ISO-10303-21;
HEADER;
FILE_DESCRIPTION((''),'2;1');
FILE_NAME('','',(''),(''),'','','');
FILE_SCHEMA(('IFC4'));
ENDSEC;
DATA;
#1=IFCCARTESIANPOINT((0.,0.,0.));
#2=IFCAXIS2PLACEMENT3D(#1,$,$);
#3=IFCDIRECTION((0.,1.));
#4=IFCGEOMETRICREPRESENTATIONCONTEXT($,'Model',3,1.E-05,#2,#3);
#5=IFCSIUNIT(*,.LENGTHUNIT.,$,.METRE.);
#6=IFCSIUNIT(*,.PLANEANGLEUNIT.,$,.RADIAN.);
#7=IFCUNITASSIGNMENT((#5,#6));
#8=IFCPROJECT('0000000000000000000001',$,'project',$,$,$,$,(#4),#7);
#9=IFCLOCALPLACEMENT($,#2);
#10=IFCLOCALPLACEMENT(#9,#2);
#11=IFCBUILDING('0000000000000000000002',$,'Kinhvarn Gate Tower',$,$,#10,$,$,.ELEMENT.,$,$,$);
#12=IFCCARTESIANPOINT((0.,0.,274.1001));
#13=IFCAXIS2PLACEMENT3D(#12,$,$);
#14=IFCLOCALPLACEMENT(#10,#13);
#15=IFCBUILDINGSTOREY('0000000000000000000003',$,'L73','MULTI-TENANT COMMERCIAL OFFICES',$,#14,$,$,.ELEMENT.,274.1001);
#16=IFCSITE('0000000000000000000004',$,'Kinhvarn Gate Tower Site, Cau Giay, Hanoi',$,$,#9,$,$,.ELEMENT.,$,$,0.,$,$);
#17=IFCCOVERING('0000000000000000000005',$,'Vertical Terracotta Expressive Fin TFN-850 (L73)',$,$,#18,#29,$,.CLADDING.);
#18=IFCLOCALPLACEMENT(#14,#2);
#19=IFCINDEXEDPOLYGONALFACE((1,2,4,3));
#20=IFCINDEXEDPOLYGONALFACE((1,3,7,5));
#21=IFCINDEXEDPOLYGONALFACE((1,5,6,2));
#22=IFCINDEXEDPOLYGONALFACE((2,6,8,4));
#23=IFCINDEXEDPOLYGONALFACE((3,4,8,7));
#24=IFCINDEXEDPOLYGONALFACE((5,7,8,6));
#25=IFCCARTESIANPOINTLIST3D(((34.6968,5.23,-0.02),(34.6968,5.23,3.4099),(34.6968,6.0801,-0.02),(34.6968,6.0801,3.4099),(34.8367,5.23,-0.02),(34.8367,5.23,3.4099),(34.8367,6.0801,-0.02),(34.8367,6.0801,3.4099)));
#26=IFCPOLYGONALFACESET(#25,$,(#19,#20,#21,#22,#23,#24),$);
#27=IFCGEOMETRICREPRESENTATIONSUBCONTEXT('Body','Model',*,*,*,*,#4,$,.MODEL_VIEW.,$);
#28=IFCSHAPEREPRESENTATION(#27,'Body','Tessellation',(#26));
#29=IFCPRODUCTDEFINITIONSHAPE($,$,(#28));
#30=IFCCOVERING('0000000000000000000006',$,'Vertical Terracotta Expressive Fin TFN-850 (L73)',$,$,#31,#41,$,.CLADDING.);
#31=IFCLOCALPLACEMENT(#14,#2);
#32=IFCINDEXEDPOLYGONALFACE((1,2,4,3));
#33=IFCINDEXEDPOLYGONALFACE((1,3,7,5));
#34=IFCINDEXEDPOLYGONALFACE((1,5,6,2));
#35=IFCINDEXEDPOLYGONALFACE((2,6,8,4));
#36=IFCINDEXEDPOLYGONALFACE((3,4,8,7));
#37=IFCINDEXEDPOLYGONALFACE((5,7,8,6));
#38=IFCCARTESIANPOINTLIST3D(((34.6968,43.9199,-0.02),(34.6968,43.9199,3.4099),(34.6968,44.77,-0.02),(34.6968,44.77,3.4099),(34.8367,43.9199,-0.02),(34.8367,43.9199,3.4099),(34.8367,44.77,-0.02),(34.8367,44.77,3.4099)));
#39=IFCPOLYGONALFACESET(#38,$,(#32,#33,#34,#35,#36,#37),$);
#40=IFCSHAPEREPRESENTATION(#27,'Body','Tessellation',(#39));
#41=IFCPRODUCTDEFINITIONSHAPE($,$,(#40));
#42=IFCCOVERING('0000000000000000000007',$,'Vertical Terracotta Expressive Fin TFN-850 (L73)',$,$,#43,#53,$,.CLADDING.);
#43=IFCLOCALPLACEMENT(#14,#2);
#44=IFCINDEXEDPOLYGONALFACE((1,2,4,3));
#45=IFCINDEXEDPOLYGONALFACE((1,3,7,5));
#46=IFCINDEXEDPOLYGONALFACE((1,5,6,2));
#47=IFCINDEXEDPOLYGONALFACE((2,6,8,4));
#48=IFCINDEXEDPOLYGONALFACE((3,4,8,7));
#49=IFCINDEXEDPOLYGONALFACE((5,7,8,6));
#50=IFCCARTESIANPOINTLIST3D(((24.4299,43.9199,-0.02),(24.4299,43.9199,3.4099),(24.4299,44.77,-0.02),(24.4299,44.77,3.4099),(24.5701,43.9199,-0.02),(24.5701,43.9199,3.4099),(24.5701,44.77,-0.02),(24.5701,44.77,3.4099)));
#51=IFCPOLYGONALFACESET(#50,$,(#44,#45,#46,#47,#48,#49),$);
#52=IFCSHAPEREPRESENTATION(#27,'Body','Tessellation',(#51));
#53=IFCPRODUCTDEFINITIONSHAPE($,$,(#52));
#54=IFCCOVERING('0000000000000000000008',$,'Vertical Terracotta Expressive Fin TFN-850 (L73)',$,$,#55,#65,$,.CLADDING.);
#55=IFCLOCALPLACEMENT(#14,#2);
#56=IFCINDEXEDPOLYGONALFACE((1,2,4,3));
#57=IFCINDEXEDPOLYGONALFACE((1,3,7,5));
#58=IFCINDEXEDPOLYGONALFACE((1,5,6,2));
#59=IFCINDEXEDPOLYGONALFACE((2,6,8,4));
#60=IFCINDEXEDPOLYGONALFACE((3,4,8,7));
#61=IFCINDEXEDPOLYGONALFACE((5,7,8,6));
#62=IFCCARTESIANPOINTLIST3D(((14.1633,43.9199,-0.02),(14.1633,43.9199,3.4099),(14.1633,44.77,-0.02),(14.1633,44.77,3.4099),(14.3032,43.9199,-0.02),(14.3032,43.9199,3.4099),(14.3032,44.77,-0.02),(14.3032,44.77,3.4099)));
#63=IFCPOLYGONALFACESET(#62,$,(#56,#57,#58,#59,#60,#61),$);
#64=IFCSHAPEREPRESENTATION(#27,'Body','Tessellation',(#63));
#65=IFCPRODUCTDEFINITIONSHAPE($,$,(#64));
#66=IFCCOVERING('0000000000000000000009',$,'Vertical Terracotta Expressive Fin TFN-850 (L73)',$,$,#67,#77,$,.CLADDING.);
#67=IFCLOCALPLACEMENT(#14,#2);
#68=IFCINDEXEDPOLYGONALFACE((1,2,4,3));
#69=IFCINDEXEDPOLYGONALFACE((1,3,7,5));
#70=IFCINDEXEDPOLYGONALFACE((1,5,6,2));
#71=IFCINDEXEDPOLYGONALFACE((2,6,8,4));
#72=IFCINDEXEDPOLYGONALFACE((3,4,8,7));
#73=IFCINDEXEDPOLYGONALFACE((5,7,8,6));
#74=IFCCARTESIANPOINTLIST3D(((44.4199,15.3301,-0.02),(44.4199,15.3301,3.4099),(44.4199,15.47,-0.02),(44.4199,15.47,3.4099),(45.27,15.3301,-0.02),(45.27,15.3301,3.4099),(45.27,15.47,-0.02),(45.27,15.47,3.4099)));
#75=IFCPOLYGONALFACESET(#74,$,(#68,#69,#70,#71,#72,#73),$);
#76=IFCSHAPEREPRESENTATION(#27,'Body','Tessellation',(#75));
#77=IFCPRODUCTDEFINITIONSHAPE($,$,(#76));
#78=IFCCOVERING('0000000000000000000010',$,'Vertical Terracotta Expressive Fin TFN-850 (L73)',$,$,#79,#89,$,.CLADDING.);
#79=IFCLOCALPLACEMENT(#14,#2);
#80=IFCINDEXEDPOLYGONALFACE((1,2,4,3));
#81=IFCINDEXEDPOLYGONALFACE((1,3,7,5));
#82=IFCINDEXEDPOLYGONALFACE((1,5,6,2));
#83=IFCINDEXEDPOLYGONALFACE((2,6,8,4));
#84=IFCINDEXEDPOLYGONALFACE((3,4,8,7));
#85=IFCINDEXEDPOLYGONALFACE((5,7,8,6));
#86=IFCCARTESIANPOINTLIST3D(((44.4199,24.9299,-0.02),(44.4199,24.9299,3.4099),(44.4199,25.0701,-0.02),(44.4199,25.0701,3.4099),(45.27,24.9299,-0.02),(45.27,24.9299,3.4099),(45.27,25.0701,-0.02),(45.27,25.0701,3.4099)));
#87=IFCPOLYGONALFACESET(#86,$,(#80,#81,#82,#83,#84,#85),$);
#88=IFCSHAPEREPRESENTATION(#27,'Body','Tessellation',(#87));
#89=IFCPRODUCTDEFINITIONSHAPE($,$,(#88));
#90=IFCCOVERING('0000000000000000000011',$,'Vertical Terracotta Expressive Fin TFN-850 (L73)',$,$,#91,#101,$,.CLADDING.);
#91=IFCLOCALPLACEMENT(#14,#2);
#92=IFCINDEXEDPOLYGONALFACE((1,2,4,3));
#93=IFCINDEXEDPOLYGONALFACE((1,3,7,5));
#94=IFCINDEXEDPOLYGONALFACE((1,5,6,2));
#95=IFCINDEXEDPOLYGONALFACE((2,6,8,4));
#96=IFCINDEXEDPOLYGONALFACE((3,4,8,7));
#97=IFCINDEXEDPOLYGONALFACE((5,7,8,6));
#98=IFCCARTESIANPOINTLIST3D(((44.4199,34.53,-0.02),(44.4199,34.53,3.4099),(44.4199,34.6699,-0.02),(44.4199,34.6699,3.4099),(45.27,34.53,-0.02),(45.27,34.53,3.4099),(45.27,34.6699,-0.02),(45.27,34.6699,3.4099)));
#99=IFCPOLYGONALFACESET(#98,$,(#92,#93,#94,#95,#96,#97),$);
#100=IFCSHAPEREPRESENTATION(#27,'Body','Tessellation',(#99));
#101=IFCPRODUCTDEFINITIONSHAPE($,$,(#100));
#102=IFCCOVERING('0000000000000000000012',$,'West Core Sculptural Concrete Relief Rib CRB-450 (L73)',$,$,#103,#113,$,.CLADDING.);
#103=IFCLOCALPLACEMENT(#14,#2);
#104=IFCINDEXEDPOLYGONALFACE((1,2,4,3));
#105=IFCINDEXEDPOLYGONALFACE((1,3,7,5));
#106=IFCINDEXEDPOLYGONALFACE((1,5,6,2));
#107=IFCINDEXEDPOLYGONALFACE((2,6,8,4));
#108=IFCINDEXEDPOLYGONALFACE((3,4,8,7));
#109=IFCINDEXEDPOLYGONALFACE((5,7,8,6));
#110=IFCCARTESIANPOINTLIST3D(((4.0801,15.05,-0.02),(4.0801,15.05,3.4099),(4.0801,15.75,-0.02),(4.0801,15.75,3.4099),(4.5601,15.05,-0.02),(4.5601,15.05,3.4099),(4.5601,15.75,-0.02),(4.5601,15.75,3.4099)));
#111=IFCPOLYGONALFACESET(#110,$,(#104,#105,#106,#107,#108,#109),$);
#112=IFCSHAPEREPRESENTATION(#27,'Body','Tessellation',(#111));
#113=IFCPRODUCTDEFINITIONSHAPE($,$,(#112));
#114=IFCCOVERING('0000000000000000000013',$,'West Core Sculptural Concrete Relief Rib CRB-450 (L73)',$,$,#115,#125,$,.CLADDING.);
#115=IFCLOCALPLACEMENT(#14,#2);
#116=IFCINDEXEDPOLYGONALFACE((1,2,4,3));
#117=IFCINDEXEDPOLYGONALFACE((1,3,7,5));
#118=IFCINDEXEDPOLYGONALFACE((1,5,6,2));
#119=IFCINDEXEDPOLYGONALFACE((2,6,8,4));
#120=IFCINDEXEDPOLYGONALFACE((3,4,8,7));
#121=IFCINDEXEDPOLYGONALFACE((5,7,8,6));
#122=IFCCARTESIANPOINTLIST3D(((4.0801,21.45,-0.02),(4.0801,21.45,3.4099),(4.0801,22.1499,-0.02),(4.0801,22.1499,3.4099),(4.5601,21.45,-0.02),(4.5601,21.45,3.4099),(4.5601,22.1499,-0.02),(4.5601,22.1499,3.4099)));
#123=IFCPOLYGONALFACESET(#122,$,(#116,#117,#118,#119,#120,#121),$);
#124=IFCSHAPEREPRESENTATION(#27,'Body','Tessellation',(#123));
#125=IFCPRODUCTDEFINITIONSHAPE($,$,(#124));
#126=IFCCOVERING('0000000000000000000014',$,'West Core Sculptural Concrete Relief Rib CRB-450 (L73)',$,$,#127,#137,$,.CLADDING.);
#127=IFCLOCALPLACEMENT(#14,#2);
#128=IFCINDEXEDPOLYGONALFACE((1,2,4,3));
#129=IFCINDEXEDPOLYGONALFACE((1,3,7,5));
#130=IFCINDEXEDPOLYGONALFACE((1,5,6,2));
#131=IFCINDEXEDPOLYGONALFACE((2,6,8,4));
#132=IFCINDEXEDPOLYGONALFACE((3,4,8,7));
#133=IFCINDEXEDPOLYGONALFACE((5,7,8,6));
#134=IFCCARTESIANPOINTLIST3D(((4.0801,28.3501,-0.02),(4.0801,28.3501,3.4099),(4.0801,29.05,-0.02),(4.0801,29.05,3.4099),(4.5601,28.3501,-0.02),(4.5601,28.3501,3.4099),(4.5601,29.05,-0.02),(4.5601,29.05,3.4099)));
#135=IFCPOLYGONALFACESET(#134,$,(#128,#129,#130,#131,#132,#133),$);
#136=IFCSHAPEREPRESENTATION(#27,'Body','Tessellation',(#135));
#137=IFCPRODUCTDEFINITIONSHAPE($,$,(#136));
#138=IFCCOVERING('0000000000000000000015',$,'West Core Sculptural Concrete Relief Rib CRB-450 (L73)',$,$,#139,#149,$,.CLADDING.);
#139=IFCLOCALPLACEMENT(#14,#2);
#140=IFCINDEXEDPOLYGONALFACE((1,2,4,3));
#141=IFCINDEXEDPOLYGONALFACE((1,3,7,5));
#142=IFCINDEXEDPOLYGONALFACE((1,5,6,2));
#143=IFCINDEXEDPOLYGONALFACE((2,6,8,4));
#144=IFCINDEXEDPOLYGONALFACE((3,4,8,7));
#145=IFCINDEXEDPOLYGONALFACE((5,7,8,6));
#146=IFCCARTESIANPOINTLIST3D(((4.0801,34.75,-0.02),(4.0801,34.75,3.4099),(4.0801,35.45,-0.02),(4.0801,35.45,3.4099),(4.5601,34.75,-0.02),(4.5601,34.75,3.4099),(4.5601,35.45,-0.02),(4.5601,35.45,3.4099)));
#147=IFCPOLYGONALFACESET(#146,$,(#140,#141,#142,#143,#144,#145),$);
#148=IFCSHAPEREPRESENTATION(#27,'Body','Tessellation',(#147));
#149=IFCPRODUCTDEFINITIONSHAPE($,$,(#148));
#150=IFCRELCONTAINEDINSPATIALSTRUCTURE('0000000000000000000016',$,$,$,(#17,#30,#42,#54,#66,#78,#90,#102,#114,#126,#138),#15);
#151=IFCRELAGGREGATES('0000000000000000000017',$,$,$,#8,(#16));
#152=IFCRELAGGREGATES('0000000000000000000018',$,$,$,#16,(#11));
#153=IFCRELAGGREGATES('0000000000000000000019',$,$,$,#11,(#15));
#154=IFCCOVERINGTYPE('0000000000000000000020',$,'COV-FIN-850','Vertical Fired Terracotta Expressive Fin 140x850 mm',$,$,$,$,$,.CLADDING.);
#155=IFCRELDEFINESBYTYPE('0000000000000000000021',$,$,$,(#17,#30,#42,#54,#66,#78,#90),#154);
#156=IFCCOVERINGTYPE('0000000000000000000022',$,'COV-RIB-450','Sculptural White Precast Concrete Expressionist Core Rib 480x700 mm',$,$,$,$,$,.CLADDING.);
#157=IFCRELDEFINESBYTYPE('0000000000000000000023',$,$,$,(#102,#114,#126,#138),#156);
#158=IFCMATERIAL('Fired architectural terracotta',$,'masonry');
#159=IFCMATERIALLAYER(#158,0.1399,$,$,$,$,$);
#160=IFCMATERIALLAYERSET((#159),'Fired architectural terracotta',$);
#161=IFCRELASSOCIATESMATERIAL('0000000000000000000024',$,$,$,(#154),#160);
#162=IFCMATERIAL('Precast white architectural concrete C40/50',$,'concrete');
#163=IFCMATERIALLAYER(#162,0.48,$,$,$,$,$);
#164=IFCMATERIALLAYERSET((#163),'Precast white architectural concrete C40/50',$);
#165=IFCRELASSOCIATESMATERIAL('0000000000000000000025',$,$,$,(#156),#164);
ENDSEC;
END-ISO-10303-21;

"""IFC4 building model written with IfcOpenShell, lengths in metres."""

from ifc_helpers import new_model, si_unit, direction, frame, origin, place, context, subcontext, project, spatial, polyline, outline, extrude, material, layer, layer_set, type_object, element, save


model = new_model("IFC4")

# Units and contexts
model_context = context("Model", 3, precision=1e-05, world=origin(), true_north=direction((0.0, 1.0)))
body_context = subcontext(model_context, "Body", "Model", "MODEL_VIEW")
ifc_project = project(units=[si_unit("LENGTHUNIT", "METRE"), si_unit("PLANEANGLEUNIT", "RADIAN")], contexts=[model_context])

# Site, building, storey
site_placement = place(None, origin())
site = spatial("IfcSite", under=ifc_project, at=site_placement, Name="Kinhvarn Gate Tower Site, Cau Giay, Hanoi", CompositionType="ELEMENT", RefElevation=0.0)
building_placement = place(site_placement, origin())
building = spatial("IfcBuilding", under=site, at=building_placement, Name="Kinhvarn Gate Tower", CompositionType="ELEMENT")
storey_placement = place(building_placement, frame((0.0, 0.0, 274.1001)))
storey = spatial("IfcBuildingStorey", under=building, at=storey_placement, Name="L73", Description="MULTI-TENANT COMMERCIAL OFFICES", CompositionType="ELEMENT", Elevation=274.1001)

# Shared definitions
ifc_material_1 = material(Name="Precast white architectural concrete C40/50", Category="concrete")

# Coverings
ifc_material_2 = material(Name="Fired architectural terracotta", Category="masonry")
ifc_layer_1 = layer(ifc_material_2, 0.1399)
ifc_layer_set_1 = layer_set([ifc_layer_1], Name="Fired architectural terracotta")
covering_type_1 = type_object("IfcCoveringType", Name="COV-FIN-850", Description="Vertical Fired Terracotta Expressive Fin 140x850 mm", PredefinedType="CLADDING", material=ifc_layer_set_1)
covering_1_placement = place(storey_placement, frame((0.0, 0.0, -0.02)))
element("IfcCovering", 1, at=covering_1_placement, inside=storey, type_object=covering_type_1, Name="Vertical Terracotta Expressive Fin TFN-850 (L73)", PredefinedType="CLADDING", context=body_context, shape_type="SweptSolid", body=[
    extrude(outline(polyline([(34.6968, 6.0801), (34.8367, 6.0801), (34.8367, 5.23), (34.6968, 5.23), (34.6968, 6.0801)])), origin(), (0.0, 0.0, 1.0), 3.4299),
])
covering_2_placement = place(storey_placement, frame((0.0, 0.0, -0.02)))
element("IfcCovering", 2, at=covering_2_placement, inside=storey, type_object=covering_type_1, Name="Vertical Terracotta Expressive Fin TFN-850 (L73)", PredefinedType="CLADDING", context=body_context, shape_type="SweptSolid", body=[
    extrude(outline(polyline([(34.8367, 43.9199), (34.6968, 43.9199), (34.6968, 44.77), (34.8367, 44.77), (34.8367, 43.9199)])), origin(), (0.0, 0.0, 1.0), 3.4299),
])
covering_3_placement = place(storey_placement, frame((0.0, 0.0, -0.02)))
element("IfcCovering", 3, at=covering_3_placement, inside=storey, type_object=covering_type_1, Name="Vertical Terracotta Expressive Fin TFN-850 (L73)", PredefinedType="CLADDING", context=body_context, shape_type="SweptSolid", body=[
    extrude(outline(polyline([(24.5701, 43.9199), (24.4299, 43.9199), (24.4299, 44.77), (24.5701, 44.77), (24.5701, 43.9199)])), origin(), (0.0, 0.0, 1.0), 3.4299),
])
covering_4_placement = place(storey_placement, frame((0.0, 0.0, -0.02)))
element("IfcCovering", 4, at=covering_4_placement, inside=storey, type_object=covering_type_1, Name="Vertical Terracotta Expressive Fin TFN-850 (L73)", PredefinedType="CLADDING", context=body_context, shape_type="SweptSolid", body=[
    extrude(outline(polyline([(14.3032, 43.9199), (14.1633, 43.9199), (14.1633, 44.77), (14.3032, 44.77), (14.3032, 43.9199)])), origin(), (0.0, 0.0, 1.0), 3.4299),
])
covering_5_placement = place(storey_placement, frame((0.0, 0.0, -0.02)))
element("IfcCovering", 5, at=covering_5_placement, inside=storey, type_object=covering_type_1, Name="Vertical Terracotta Expressive Fin TFN-850 (L73)", PredefinedType="CLADDING", context=body_context, shape_type="SweptSolid", body=[
    extrude(outline(polyline([(44.4199, 15.3301), (44.4199, 15.47), (45.27, 15.47), (45.27, 15.3301), (44.4199, 15.3301)])), origin(), (0.0, 0.0, 1.0), 3.4299),
])
covering_6_placement = place(storey_placement, frame((0.0, 0.0, -0.02)))
element("IfcCovering", 6, at=covering_6_placement, inside=storey, type_object=covering_type_1, Name="Vertical Terracotta Expressive Fin TFN-850 (L73)", PredefinedType="CLADDING", context=body_context, shape_type="SweptSolid", body=[
    extrude(outline(polyline([(44.4199, 24.9299), (44.4199, 25.0701), (45.27, 25.0701), (45.27, 24.9299), (44.4199, 24.9299)])), origin(), (0.0, 0.0, 1.0), 3.4299),
])
covering_7_placement = place(storey_placement, frame((0.0, 0.0, -0.02)))
element("IfcCovering", 7, at=covering_7_placement, inside=storey, type_object=covering_type_1, Name="Vertical Terracotta Expressive Fin TFN-850 (L73)", PredefinedType="CLADDING", context=body_context, shape_type="SweptSolid", body=[
    extrude(outline(polyline([(44.4199, 34.53), (44.4199, 34.6699), (45.27, 34.6699), (45.27, 34.53), (44.4199, 34.53)])), origin(), (0.0, 0.0, 1.0), 3.4299),
])
ifc_layer_2 = layer(ifc_material_1, 0.48)
ifc_layer_set_2 = layer_set([ifc_layer_2], Name="Precast white architectural concrete C40/50")
covering_type_2 = type_object("IfcCoveringType", Name="COV-RIB-450", Description="Sculptural White Precast Concrete Expressionist Core Rib 480x700 mm", PredefinedType="CLADDING", material=ifc_layer_set_2)
covering_8_placement = place(storey_placement, frame((0.0, 0.0, -0.02)))
element("IfcCovering", 8, at=covering_8_placement, inside=storey, type_object=covering_type_2, Name="West Core Sculptural Concrete Relief Rib CRB-450 (L73)", PredefinedType="CLADDING", context=body_context, shape_type="SweptSolid", body=[
    extrude(outline(polyline([(4.0801, 15.05), (4.5601, 15.05), (4.5601, 15.75), (4.0801, 15.75), (4.0801, 15.05)])), origin(), (0.0, 0.0, 1.0), 3.4299),
])
covering_9_placement = place(storey_placement, frame((0.0, 0.0, -0.02)))
element("IfcCovering", 9, at=covering_9_placement, inside=storey, type_object=covering_type_2, Name="West Core Sculptural Concrete Relief Rib CRB-450 (L73)", PredefinedType="CLADDING", context=body_context, shape_type="SweptSolid", body=[
    extrude(outline(polyline([(4.0801, 21.45), (4.5601, 21.45), (4.5601, 22.1499), (4.0801, 22.1499), (4.0801, 21.45)])), origin(), (0.0, 0.0, 1.0), 3.4299),
])
covering_10_placement = place(storey_placement, frame((0.0, 0.0, -0.02)))
element("IfcCovering", 10, at=covering_10_placement, inside=storey, type_object=covering_type_2, Name="West Core Sculptural Concrete Relief Rib CRB-450 (L73)", PredefinedType="CLADDING", context=body_context, shape_type="SweptSolid", body=[
    extrude(outline(polyline([(4.0801, 28.3501), (4.5601, 28.3501), (4.5601, 29.05), (4.0801, 29.05), (4.0801, 28.3501)])), origin(), (0.0, 0.0, 1.0), 3.4299),
])
covering_11_placement = place(storey_placement, frame((0.0, 0.0, -0.02)))
element("IfcCovering", 11, at=covering_11_placement, inside=storey, type_object=covering_type_2, Name="West Core Sculptural Concrete Relief Rib CRB-450 (L73)", PredefinedType="CLADDING", context=body_context, shape_type="SweptSolid", body=[
    extrude(outline(polyline([(4.0801, 34.75), (4.5601, 34.75), (4.5601, 35.45), (4.0801, 35.45), (4.0801, 34.75)])), origin(), (0.0, 0.0, 1.0), 3.4299),
])

save(model, "model.ifc")
